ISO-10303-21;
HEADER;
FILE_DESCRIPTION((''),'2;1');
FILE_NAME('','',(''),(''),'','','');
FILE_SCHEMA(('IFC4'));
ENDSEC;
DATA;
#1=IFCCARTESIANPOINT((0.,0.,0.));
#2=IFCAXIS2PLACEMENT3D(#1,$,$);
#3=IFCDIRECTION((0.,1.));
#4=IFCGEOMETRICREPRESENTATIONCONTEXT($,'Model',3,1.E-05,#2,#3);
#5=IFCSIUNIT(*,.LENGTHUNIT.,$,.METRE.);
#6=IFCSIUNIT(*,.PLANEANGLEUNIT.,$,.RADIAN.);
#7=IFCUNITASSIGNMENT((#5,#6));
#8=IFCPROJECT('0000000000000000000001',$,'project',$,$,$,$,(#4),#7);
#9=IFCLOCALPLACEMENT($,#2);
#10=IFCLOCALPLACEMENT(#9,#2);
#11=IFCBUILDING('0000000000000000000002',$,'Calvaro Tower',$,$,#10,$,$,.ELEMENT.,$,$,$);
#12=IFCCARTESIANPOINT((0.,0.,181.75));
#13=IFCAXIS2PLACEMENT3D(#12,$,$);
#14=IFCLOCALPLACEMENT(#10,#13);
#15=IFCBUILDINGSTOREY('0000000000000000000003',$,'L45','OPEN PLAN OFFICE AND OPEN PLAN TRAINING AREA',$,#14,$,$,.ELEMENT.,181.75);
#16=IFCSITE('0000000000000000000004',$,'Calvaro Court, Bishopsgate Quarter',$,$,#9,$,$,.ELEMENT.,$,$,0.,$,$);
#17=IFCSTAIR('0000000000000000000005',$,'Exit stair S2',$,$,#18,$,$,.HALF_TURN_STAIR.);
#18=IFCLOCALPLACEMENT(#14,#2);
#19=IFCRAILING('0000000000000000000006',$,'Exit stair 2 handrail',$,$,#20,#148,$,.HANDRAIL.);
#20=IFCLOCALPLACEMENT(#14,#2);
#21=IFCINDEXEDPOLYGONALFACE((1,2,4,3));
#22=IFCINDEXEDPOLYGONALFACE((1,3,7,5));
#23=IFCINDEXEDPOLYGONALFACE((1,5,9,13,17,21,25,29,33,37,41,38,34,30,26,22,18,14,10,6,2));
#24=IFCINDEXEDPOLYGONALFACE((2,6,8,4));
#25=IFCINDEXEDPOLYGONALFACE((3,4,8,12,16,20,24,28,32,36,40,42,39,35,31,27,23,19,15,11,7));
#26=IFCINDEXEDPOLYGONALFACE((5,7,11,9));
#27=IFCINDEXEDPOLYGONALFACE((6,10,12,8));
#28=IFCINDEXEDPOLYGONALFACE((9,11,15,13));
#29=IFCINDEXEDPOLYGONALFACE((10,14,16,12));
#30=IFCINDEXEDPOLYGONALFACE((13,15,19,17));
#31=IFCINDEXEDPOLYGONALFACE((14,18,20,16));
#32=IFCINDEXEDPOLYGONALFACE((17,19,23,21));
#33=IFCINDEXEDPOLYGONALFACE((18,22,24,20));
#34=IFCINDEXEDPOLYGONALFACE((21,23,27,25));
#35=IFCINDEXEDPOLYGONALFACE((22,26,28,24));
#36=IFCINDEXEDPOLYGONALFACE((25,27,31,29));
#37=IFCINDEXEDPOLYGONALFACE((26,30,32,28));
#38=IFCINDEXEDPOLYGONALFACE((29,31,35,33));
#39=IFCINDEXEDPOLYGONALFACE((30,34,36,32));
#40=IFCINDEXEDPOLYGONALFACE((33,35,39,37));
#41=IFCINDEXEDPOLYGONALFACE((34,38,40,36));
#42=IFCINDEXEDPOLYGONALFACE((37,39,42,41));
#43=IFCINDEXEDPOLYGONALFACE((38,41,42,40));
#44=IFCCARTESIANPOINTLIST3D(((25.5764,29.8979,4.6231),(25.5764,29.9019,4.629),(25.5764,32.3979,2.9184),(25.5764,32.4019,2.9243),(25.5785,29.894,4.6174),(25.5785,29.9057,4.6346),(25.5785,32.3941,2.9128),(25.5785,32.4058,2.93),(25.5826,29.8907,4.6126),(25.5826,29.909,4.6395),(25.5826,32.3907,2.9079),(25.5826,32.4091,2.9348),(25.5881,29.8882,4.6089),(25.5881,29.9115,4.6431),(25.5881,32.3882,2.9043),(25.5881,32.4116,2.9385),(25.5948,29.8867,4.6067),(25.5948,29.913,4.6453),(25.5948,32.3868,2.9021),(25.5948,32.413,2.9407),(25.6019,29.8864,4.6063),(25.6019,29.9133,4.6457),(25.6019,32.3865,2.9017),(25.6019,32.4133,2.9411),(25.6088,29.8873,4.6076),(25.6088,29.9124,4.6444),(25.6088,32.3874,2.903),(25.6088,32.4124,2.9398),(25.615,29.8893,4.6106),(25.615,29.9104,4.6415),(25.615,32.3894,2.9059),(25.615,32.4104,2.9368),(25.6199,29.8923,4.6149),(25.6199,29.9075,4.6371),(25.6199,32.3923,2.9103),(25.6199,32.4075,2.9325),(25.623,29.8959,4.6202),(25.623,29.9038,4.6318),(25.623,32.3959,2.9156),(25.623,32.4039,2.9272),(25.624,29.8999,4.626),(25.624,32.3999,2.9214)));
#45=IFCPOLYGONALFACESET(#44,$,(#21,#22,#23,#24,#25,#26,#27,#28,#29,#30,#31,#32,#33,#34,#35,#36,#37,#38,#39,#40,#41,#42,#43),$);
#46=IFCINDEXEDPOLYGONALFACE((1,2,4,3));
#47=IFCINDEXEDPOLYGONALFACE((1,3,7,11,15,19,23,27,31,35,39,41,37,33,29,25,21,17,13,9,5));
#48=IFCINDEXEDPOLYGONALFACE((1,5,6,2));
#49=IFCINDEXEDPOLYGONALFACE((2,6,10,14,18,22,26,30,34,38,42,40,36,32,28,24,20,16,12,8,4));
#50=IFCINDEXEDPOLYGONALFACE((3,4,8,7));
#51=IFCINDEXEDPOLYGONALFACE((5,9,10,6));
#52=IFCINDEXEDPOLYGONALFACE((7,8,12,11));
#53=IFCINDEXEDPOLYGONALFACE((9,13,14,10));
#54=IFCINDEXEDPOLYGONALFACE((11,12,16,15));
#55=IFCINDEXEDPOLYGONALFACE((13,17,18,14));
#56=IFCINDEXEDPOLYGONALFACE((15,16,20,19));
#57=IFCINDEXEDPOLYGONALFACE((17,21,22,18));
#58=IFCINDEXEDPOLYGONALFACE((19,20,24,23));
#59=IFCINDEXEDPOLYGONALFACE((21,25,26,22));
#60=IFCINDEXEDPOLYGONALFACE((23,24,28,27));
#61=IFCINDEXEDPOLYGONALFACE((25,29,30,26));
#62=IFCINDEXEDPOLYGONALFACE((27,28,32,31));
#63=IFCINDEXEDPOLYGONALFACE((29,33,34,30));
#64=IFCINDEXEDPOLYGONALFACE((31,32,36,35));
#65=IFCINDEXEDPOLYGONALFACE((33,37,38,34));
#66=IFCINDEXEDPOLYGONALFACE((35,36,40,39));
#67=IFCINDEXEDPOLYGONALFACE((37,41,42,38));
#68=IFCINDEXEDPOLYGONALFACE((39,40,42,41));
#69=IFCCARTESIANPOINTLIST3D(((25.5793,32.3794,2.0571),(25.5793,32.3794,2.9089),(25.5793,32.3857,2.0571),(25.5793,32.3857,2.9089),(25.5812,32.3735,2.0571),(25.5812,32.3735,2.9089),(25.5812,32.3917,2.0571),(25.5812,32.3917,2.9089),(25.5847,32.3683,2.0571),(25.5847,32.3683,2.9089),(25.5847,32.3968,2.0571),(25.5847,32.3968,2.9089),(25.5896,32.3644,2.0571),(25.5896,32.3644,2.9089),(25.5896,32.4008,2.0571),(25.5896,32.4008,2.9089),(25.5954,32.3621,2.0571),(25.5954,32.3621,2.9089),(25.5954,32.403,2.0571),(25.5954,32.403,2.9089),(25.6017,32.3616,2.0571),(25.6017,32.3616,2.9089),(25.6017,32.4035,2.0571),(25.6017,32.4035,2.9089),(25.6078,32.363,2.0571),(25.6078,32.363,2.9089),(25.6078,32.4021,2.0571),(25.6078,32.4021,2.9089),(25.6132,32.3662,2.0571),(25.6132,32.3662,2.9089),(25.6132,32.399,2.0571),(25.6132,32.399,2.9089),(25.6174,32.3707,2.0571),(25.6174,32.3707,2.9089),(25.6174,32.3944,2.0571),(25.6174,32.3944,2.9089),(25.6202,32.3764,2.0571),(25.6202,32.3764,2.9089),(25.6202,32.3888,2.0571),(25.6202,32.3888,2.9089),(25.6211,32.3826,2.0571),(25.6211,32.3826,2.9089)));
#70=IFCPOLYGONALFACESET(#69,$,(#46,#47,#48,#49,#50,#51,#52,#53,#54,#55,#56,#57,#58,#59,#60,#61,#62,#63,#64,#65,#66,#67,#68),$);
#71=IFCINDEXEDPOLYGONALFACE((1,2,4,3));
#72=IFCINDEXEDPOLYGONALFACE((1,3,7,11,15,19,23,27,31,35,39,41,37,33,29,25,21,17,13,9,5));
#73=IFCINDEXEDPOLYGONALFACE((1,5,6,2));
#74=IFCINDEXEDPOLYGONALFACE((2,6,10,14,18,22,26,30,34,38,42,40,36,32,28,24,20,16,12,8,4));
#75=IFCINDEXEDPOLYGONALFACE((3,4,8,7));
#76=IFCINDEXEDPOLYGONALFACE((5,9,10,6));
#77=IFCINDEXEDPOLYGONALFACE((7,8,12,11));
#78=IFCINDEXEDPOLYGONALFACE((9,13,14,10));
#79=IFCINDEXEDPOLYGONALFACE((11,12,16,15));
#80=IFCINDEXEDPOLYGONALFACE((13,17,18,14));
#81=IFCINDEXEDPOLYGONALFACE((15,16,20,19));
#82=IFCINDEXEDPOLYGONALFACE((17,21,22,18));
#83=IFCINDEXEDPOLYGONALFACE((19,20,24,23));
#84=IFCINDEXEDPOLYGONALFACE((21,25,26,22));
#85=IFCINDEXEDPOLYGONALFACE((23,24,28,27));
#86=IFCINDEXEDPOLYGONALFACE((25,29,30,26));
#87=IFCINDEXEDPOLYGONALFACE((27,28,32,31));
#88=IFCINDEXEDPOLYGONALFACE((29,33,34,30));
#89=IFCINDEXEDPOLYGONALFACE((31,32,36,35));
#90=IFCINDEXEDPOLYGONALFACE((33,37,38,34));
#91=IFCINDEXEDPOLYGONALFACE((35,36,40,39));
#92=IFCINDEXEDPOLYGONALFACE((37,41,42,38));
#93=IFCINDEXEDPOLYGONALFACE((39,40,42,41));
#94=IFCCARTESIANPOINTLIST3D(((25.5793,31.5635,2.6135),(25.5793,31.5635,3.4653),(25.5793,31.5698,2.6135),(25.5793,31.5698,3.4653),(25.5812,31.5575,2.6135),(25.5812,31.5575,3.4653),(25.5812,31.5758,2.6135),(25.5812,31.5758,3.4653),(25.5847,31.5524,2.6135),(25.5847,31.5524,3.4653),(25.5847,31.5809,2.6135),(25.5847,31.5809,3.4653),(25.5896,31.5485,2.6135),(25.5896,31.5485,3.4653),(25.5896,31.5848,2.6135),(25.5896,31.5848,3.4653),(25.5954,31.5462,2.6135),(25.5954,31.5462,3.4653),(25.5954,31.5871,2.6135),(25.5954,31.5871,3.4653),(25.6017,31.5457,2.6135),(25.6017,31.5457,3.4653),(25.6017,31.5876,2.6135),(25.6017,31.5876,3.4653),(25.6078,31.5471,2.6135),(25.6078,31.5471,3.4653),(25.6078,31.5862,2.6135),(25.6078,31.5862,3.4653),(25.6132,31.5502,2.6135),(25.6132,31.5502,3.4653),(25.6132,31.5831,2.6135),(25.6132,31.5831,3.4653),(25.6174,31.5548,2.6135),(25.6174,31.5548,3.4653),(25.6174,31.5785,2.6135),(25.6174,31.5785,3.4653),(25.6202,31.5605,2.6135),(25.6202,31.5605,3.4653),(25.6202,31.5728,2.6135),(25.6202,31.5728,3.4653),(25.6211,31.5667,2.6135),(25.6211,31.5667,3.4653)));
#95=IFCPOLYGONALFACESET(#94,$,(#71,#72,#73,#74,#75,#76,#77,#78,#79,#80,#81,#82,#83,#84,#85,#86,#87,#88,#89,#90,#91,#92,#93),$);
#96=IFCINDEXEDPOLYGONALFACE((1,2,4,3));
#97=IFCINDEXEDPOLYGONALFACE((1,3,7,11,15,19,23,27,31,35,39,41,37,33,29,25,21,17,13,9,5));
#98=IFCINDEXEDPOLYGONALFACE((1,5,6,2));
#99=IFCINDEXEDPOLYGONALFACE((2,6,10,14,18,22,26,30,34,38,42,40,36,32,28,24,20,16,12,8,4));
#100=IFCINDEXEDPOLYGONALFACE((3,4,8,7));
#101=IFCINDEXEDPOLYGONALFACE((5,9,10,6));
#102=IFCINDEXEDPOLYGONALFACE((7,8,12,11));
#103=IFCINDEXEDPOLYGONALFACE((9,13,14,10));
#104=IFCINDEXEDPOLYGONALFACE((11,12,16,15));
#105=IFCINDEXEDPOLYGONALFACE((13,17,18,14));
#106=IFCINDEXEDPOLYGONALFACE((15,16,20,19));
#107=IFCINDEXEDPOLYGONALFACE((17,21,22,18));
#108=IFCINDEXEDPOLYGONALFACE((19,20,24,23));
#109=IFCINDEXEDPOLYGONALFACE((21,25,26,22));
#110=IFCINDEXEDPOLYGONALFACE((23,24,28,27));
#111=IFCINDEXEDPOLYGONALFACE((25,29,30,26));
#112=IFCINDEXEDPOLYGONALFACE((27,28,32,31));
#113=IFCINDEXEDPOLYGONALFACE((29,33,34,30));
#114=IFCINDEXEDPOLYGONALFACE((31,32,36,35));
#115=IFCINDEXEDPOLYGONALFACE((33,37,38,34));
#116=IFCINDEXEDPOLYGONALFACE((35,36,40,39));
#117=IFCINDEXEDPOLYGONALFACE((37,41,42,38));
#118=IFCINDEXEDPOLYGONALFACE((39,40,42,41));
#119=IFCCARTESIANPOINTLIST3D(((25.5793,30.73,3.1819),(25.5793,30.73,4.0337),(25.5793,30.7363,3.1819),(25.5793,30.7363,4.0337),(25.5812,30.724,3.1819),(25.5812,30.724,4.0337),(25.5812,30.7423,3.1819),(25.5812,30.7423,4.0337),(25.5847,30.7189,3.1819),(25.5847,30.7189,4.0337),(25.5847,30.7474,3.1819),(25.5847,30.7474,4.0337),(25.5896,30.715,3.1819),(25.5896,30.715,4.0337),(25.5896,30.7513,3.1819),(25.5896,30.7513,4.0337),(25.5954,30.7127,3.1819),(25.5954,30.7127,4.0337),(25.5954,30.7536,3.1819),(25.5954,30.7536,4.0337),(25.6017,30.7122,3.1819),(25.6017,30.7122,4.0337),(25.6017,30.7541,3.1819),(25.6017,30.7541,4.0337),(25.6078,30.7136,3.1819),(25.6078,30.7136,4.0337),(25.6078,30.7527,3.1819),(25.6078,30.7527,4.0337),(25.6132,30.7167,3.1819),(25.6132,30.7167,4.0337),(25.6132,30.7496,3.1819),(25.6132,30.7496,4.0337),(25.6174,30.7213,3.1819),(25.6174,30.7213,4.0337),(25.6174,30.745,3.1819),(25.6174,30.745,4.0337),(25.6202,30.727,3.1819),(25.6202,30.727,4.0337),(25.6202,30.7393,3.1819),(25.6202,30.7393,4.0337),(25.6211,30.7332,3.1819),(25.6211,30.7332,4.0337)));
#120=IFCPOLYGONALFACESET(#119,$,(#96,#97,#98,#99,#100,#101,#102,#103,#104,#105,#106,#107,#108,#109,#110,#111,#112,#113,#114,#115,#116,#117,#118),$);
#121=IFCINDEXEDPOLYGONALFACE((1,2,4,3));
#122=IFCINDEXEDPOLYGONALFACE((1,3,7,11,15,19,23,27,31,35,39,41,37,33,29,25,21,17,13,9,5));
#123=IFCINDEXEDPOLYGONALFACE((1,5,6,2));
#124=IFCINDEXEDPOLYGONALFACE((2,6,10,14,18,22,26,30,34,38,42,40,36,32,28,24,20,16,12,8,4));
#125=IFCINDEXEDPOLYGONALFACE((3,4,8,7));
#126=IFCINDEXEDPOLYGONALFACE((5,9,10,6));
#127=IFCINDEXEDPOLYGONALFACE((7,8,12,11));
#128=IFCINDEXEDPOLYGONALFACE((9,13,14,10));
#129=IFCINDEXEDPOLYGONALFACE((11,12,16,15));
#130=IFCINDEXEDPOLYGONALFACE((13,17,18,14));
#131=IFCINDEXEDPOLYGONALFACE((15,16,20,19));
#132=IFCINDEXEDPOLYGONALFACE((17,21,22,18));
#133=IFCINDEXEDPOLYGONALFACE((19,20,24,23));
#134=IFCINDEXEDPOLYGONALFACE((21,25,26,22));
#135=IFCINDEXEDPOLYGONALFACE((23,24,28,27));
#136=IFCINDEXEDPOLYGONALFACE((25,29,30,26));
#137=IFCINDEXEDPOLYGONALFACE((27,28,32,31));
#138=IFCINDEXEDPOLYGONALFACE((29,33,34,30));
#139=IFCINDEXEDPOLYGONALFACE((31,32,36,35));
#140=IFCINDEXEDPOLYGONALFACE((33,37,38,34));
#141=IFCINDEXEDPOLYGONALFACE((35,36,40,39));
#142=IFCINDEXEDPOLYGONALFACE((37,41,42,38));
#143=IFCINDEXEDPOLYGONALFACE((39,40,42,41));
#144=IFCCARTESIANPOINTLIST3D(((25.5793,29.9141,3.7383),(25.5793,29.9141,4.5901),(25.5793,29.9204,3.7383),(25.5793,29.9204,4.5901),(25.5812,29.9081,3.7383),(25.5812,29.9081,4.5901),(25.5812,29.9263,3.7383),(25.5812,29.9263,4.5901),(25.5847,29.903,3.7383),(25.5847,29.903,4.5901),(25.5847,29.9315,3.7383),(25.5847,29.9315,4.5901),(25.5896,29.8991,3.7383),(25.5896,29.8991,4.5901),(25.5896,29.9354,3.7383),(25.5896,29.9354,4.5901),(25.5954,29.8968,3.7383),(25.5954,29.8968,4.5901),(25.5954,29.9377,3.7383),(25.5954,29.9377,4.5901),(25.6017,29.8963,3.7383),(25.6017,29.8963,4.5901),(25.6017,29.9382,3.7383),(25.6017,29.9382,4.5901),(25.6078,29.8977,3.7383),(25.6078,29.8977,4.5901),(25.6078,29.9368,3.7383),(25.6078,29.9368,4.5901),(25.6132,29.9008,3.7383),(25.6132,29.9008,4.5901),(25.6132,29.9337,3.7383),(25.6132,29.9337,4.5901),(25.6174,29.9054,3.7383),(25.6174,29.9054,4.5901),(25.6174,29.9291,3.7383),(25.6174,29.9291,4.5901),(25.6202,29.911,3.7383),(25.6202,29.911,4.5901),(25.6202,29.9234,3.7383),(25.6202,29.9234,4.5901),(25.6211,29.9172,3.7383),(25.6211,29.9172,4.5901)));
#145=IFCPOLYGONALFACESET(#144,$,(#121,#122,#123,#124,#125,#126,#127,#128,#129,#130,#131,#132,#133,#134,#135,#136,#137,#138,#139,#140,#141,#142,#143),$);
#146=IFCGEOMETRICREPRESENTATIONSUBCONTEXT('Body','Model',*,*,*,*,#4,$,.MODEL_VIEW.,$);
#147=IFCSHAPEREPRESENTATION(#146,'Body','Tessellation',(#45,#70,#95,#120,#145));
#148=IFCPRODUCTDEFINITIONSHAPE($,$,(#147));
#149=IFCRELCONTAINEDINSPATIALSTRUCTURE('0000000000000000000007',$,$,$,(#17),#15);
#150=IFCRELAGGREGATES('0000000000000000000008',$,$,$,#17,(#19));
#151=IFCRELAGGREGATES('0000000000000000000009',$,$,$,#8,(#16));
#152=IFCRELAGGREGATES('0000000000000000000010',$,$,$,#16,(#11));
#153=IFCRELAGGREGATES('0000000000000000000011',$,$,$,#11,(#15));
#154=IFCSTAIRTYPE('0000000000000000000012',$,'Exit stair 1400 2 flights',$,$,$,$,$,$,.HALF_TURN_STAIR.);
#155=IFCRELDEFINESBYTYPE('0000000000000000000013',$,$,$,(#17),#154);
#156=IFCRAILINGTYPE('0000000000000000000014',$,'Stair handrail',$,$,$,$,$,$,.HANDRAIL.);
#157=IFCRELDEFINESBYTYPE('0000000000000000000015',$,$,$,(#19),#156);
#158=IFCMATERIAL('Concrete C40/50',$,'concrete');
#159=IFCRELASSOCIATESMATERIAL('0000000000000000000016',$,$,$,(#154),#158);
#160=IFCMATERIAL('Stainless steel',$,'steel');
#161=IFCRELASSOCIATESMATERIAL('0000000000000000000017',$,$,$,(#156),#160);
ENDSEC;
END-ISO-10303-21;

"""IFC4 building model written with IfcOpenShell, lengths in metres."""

from ifc_helpers import new_model, si_unit, direction, frame, origin, origin_2d, place, context, subcontext, project, spatial, circle, extrude, material, type_object, element, aggregate, save


model = new_model("IFC4")

# Units and contexts
model_context = context("Model", 3, precision=1e-05, world=origin(), true_north=direction((0.0, 1.0)))
body_context = subcontext(model_context, "Body", "Model", "MODEL_VIEW")
ifc_project = project(units=[si_unit("LENGTHUNIT", "METRE"), si_unit("PLANEANGLEUNIT", "RADIAN")], contexts=[model_context])

# Site, building, storey
site_placement = place(None, origin())
site = spatial("IfcSite", under=ifc_project, at=site_placement, Name="Calvaro Court, Bishopsgate Quarter", CompositionType="ELEMENT", RefElevation=0.0)
building_placement = place(site_placement, origin())
building = spatial("IfcBuilding", under=site, at=building_placement, Name="Calvaro Tower", CompositionType="ELEMENT")
storey_placement = place(building_placement, frame((0.0, 0.0, 181.75)))
storey = spatial("IfcBuildingStorey", under=building, at=storey_placement, Name="L45", Description="OPEN PLAN OFFICE AND OPEN PLAN TRAINING AREA", CompositionType="ELEMENT", Elevation=181.75)

# Stair, railing
ifc_material_1 = material(Name="Concrete C40/50", Category="concrete")
stair_type = type_object("IfcStairType", Name="Exit stair 1400 2 flights", PredefinedType="HALF_TURN_STAIR", material=ifc_material_1)
stair_placement = place(storey_placement, origin())
stair = element("IfcStair", 1, at=stair_placement, inside=storey, type_object=stair_type, Name="Exit stair S2", PredefinedType="HALF_TURN_STAIR")
ifc_material_2 = material(Name="Stainless steel", Category="steel")
railing_type = type_object("IfcRailingType", Name="Stair handrail", PredefinedType="HANDRAIL", material=ifc_material_2)
railing_1_placement = place(storey_placement, frame((25.6001, 32.3999, 2.0454)))
railing_1 = element("IfcRailing", 2, at=railing_1_placement, type_object=railing_type, Name="Exit stair 2 handrail", PredefinedType="HANDRAIL", context=body_context, shape_type="SweptSolid", body=[
    extrude(circle(Radius=0.0239, at=origin_2d()), frame((0.0, 0.0, 0.876), z_axis=(0.0, -0.826221, 0.563347), x_axis=(1.0, 0.0, 0.0)), (0.0, 0.0, 1.0), 3.0259),
    extrude(circle(Radius=0.021, at=origin_2d()), frame((0.0, -0.0173, 0.0117)), (0.0, 0.0, 1.0), 0.8518),
    extrude(circle(Radius=0.021, at=origin_2d()), frame((0.0, -0.8333, 0.5681)), (0.0, 0.0, 1.0), 0.8518),
    extrude(circle(Radius=0.021, at=origin_2d()), frame((0.0, -1.6667, 1.1365)), (0.0, 0.0, 1.0), 0.8518),
    extrude(circle(Radius=0.021, at=origin_2d()), frame((0.0, -2.4827, 1.6929)), (0.0, 0.0, 1.0), 0.8518),
])
aggregate(stair, [railing_1])

save(model, "model.ifc")
